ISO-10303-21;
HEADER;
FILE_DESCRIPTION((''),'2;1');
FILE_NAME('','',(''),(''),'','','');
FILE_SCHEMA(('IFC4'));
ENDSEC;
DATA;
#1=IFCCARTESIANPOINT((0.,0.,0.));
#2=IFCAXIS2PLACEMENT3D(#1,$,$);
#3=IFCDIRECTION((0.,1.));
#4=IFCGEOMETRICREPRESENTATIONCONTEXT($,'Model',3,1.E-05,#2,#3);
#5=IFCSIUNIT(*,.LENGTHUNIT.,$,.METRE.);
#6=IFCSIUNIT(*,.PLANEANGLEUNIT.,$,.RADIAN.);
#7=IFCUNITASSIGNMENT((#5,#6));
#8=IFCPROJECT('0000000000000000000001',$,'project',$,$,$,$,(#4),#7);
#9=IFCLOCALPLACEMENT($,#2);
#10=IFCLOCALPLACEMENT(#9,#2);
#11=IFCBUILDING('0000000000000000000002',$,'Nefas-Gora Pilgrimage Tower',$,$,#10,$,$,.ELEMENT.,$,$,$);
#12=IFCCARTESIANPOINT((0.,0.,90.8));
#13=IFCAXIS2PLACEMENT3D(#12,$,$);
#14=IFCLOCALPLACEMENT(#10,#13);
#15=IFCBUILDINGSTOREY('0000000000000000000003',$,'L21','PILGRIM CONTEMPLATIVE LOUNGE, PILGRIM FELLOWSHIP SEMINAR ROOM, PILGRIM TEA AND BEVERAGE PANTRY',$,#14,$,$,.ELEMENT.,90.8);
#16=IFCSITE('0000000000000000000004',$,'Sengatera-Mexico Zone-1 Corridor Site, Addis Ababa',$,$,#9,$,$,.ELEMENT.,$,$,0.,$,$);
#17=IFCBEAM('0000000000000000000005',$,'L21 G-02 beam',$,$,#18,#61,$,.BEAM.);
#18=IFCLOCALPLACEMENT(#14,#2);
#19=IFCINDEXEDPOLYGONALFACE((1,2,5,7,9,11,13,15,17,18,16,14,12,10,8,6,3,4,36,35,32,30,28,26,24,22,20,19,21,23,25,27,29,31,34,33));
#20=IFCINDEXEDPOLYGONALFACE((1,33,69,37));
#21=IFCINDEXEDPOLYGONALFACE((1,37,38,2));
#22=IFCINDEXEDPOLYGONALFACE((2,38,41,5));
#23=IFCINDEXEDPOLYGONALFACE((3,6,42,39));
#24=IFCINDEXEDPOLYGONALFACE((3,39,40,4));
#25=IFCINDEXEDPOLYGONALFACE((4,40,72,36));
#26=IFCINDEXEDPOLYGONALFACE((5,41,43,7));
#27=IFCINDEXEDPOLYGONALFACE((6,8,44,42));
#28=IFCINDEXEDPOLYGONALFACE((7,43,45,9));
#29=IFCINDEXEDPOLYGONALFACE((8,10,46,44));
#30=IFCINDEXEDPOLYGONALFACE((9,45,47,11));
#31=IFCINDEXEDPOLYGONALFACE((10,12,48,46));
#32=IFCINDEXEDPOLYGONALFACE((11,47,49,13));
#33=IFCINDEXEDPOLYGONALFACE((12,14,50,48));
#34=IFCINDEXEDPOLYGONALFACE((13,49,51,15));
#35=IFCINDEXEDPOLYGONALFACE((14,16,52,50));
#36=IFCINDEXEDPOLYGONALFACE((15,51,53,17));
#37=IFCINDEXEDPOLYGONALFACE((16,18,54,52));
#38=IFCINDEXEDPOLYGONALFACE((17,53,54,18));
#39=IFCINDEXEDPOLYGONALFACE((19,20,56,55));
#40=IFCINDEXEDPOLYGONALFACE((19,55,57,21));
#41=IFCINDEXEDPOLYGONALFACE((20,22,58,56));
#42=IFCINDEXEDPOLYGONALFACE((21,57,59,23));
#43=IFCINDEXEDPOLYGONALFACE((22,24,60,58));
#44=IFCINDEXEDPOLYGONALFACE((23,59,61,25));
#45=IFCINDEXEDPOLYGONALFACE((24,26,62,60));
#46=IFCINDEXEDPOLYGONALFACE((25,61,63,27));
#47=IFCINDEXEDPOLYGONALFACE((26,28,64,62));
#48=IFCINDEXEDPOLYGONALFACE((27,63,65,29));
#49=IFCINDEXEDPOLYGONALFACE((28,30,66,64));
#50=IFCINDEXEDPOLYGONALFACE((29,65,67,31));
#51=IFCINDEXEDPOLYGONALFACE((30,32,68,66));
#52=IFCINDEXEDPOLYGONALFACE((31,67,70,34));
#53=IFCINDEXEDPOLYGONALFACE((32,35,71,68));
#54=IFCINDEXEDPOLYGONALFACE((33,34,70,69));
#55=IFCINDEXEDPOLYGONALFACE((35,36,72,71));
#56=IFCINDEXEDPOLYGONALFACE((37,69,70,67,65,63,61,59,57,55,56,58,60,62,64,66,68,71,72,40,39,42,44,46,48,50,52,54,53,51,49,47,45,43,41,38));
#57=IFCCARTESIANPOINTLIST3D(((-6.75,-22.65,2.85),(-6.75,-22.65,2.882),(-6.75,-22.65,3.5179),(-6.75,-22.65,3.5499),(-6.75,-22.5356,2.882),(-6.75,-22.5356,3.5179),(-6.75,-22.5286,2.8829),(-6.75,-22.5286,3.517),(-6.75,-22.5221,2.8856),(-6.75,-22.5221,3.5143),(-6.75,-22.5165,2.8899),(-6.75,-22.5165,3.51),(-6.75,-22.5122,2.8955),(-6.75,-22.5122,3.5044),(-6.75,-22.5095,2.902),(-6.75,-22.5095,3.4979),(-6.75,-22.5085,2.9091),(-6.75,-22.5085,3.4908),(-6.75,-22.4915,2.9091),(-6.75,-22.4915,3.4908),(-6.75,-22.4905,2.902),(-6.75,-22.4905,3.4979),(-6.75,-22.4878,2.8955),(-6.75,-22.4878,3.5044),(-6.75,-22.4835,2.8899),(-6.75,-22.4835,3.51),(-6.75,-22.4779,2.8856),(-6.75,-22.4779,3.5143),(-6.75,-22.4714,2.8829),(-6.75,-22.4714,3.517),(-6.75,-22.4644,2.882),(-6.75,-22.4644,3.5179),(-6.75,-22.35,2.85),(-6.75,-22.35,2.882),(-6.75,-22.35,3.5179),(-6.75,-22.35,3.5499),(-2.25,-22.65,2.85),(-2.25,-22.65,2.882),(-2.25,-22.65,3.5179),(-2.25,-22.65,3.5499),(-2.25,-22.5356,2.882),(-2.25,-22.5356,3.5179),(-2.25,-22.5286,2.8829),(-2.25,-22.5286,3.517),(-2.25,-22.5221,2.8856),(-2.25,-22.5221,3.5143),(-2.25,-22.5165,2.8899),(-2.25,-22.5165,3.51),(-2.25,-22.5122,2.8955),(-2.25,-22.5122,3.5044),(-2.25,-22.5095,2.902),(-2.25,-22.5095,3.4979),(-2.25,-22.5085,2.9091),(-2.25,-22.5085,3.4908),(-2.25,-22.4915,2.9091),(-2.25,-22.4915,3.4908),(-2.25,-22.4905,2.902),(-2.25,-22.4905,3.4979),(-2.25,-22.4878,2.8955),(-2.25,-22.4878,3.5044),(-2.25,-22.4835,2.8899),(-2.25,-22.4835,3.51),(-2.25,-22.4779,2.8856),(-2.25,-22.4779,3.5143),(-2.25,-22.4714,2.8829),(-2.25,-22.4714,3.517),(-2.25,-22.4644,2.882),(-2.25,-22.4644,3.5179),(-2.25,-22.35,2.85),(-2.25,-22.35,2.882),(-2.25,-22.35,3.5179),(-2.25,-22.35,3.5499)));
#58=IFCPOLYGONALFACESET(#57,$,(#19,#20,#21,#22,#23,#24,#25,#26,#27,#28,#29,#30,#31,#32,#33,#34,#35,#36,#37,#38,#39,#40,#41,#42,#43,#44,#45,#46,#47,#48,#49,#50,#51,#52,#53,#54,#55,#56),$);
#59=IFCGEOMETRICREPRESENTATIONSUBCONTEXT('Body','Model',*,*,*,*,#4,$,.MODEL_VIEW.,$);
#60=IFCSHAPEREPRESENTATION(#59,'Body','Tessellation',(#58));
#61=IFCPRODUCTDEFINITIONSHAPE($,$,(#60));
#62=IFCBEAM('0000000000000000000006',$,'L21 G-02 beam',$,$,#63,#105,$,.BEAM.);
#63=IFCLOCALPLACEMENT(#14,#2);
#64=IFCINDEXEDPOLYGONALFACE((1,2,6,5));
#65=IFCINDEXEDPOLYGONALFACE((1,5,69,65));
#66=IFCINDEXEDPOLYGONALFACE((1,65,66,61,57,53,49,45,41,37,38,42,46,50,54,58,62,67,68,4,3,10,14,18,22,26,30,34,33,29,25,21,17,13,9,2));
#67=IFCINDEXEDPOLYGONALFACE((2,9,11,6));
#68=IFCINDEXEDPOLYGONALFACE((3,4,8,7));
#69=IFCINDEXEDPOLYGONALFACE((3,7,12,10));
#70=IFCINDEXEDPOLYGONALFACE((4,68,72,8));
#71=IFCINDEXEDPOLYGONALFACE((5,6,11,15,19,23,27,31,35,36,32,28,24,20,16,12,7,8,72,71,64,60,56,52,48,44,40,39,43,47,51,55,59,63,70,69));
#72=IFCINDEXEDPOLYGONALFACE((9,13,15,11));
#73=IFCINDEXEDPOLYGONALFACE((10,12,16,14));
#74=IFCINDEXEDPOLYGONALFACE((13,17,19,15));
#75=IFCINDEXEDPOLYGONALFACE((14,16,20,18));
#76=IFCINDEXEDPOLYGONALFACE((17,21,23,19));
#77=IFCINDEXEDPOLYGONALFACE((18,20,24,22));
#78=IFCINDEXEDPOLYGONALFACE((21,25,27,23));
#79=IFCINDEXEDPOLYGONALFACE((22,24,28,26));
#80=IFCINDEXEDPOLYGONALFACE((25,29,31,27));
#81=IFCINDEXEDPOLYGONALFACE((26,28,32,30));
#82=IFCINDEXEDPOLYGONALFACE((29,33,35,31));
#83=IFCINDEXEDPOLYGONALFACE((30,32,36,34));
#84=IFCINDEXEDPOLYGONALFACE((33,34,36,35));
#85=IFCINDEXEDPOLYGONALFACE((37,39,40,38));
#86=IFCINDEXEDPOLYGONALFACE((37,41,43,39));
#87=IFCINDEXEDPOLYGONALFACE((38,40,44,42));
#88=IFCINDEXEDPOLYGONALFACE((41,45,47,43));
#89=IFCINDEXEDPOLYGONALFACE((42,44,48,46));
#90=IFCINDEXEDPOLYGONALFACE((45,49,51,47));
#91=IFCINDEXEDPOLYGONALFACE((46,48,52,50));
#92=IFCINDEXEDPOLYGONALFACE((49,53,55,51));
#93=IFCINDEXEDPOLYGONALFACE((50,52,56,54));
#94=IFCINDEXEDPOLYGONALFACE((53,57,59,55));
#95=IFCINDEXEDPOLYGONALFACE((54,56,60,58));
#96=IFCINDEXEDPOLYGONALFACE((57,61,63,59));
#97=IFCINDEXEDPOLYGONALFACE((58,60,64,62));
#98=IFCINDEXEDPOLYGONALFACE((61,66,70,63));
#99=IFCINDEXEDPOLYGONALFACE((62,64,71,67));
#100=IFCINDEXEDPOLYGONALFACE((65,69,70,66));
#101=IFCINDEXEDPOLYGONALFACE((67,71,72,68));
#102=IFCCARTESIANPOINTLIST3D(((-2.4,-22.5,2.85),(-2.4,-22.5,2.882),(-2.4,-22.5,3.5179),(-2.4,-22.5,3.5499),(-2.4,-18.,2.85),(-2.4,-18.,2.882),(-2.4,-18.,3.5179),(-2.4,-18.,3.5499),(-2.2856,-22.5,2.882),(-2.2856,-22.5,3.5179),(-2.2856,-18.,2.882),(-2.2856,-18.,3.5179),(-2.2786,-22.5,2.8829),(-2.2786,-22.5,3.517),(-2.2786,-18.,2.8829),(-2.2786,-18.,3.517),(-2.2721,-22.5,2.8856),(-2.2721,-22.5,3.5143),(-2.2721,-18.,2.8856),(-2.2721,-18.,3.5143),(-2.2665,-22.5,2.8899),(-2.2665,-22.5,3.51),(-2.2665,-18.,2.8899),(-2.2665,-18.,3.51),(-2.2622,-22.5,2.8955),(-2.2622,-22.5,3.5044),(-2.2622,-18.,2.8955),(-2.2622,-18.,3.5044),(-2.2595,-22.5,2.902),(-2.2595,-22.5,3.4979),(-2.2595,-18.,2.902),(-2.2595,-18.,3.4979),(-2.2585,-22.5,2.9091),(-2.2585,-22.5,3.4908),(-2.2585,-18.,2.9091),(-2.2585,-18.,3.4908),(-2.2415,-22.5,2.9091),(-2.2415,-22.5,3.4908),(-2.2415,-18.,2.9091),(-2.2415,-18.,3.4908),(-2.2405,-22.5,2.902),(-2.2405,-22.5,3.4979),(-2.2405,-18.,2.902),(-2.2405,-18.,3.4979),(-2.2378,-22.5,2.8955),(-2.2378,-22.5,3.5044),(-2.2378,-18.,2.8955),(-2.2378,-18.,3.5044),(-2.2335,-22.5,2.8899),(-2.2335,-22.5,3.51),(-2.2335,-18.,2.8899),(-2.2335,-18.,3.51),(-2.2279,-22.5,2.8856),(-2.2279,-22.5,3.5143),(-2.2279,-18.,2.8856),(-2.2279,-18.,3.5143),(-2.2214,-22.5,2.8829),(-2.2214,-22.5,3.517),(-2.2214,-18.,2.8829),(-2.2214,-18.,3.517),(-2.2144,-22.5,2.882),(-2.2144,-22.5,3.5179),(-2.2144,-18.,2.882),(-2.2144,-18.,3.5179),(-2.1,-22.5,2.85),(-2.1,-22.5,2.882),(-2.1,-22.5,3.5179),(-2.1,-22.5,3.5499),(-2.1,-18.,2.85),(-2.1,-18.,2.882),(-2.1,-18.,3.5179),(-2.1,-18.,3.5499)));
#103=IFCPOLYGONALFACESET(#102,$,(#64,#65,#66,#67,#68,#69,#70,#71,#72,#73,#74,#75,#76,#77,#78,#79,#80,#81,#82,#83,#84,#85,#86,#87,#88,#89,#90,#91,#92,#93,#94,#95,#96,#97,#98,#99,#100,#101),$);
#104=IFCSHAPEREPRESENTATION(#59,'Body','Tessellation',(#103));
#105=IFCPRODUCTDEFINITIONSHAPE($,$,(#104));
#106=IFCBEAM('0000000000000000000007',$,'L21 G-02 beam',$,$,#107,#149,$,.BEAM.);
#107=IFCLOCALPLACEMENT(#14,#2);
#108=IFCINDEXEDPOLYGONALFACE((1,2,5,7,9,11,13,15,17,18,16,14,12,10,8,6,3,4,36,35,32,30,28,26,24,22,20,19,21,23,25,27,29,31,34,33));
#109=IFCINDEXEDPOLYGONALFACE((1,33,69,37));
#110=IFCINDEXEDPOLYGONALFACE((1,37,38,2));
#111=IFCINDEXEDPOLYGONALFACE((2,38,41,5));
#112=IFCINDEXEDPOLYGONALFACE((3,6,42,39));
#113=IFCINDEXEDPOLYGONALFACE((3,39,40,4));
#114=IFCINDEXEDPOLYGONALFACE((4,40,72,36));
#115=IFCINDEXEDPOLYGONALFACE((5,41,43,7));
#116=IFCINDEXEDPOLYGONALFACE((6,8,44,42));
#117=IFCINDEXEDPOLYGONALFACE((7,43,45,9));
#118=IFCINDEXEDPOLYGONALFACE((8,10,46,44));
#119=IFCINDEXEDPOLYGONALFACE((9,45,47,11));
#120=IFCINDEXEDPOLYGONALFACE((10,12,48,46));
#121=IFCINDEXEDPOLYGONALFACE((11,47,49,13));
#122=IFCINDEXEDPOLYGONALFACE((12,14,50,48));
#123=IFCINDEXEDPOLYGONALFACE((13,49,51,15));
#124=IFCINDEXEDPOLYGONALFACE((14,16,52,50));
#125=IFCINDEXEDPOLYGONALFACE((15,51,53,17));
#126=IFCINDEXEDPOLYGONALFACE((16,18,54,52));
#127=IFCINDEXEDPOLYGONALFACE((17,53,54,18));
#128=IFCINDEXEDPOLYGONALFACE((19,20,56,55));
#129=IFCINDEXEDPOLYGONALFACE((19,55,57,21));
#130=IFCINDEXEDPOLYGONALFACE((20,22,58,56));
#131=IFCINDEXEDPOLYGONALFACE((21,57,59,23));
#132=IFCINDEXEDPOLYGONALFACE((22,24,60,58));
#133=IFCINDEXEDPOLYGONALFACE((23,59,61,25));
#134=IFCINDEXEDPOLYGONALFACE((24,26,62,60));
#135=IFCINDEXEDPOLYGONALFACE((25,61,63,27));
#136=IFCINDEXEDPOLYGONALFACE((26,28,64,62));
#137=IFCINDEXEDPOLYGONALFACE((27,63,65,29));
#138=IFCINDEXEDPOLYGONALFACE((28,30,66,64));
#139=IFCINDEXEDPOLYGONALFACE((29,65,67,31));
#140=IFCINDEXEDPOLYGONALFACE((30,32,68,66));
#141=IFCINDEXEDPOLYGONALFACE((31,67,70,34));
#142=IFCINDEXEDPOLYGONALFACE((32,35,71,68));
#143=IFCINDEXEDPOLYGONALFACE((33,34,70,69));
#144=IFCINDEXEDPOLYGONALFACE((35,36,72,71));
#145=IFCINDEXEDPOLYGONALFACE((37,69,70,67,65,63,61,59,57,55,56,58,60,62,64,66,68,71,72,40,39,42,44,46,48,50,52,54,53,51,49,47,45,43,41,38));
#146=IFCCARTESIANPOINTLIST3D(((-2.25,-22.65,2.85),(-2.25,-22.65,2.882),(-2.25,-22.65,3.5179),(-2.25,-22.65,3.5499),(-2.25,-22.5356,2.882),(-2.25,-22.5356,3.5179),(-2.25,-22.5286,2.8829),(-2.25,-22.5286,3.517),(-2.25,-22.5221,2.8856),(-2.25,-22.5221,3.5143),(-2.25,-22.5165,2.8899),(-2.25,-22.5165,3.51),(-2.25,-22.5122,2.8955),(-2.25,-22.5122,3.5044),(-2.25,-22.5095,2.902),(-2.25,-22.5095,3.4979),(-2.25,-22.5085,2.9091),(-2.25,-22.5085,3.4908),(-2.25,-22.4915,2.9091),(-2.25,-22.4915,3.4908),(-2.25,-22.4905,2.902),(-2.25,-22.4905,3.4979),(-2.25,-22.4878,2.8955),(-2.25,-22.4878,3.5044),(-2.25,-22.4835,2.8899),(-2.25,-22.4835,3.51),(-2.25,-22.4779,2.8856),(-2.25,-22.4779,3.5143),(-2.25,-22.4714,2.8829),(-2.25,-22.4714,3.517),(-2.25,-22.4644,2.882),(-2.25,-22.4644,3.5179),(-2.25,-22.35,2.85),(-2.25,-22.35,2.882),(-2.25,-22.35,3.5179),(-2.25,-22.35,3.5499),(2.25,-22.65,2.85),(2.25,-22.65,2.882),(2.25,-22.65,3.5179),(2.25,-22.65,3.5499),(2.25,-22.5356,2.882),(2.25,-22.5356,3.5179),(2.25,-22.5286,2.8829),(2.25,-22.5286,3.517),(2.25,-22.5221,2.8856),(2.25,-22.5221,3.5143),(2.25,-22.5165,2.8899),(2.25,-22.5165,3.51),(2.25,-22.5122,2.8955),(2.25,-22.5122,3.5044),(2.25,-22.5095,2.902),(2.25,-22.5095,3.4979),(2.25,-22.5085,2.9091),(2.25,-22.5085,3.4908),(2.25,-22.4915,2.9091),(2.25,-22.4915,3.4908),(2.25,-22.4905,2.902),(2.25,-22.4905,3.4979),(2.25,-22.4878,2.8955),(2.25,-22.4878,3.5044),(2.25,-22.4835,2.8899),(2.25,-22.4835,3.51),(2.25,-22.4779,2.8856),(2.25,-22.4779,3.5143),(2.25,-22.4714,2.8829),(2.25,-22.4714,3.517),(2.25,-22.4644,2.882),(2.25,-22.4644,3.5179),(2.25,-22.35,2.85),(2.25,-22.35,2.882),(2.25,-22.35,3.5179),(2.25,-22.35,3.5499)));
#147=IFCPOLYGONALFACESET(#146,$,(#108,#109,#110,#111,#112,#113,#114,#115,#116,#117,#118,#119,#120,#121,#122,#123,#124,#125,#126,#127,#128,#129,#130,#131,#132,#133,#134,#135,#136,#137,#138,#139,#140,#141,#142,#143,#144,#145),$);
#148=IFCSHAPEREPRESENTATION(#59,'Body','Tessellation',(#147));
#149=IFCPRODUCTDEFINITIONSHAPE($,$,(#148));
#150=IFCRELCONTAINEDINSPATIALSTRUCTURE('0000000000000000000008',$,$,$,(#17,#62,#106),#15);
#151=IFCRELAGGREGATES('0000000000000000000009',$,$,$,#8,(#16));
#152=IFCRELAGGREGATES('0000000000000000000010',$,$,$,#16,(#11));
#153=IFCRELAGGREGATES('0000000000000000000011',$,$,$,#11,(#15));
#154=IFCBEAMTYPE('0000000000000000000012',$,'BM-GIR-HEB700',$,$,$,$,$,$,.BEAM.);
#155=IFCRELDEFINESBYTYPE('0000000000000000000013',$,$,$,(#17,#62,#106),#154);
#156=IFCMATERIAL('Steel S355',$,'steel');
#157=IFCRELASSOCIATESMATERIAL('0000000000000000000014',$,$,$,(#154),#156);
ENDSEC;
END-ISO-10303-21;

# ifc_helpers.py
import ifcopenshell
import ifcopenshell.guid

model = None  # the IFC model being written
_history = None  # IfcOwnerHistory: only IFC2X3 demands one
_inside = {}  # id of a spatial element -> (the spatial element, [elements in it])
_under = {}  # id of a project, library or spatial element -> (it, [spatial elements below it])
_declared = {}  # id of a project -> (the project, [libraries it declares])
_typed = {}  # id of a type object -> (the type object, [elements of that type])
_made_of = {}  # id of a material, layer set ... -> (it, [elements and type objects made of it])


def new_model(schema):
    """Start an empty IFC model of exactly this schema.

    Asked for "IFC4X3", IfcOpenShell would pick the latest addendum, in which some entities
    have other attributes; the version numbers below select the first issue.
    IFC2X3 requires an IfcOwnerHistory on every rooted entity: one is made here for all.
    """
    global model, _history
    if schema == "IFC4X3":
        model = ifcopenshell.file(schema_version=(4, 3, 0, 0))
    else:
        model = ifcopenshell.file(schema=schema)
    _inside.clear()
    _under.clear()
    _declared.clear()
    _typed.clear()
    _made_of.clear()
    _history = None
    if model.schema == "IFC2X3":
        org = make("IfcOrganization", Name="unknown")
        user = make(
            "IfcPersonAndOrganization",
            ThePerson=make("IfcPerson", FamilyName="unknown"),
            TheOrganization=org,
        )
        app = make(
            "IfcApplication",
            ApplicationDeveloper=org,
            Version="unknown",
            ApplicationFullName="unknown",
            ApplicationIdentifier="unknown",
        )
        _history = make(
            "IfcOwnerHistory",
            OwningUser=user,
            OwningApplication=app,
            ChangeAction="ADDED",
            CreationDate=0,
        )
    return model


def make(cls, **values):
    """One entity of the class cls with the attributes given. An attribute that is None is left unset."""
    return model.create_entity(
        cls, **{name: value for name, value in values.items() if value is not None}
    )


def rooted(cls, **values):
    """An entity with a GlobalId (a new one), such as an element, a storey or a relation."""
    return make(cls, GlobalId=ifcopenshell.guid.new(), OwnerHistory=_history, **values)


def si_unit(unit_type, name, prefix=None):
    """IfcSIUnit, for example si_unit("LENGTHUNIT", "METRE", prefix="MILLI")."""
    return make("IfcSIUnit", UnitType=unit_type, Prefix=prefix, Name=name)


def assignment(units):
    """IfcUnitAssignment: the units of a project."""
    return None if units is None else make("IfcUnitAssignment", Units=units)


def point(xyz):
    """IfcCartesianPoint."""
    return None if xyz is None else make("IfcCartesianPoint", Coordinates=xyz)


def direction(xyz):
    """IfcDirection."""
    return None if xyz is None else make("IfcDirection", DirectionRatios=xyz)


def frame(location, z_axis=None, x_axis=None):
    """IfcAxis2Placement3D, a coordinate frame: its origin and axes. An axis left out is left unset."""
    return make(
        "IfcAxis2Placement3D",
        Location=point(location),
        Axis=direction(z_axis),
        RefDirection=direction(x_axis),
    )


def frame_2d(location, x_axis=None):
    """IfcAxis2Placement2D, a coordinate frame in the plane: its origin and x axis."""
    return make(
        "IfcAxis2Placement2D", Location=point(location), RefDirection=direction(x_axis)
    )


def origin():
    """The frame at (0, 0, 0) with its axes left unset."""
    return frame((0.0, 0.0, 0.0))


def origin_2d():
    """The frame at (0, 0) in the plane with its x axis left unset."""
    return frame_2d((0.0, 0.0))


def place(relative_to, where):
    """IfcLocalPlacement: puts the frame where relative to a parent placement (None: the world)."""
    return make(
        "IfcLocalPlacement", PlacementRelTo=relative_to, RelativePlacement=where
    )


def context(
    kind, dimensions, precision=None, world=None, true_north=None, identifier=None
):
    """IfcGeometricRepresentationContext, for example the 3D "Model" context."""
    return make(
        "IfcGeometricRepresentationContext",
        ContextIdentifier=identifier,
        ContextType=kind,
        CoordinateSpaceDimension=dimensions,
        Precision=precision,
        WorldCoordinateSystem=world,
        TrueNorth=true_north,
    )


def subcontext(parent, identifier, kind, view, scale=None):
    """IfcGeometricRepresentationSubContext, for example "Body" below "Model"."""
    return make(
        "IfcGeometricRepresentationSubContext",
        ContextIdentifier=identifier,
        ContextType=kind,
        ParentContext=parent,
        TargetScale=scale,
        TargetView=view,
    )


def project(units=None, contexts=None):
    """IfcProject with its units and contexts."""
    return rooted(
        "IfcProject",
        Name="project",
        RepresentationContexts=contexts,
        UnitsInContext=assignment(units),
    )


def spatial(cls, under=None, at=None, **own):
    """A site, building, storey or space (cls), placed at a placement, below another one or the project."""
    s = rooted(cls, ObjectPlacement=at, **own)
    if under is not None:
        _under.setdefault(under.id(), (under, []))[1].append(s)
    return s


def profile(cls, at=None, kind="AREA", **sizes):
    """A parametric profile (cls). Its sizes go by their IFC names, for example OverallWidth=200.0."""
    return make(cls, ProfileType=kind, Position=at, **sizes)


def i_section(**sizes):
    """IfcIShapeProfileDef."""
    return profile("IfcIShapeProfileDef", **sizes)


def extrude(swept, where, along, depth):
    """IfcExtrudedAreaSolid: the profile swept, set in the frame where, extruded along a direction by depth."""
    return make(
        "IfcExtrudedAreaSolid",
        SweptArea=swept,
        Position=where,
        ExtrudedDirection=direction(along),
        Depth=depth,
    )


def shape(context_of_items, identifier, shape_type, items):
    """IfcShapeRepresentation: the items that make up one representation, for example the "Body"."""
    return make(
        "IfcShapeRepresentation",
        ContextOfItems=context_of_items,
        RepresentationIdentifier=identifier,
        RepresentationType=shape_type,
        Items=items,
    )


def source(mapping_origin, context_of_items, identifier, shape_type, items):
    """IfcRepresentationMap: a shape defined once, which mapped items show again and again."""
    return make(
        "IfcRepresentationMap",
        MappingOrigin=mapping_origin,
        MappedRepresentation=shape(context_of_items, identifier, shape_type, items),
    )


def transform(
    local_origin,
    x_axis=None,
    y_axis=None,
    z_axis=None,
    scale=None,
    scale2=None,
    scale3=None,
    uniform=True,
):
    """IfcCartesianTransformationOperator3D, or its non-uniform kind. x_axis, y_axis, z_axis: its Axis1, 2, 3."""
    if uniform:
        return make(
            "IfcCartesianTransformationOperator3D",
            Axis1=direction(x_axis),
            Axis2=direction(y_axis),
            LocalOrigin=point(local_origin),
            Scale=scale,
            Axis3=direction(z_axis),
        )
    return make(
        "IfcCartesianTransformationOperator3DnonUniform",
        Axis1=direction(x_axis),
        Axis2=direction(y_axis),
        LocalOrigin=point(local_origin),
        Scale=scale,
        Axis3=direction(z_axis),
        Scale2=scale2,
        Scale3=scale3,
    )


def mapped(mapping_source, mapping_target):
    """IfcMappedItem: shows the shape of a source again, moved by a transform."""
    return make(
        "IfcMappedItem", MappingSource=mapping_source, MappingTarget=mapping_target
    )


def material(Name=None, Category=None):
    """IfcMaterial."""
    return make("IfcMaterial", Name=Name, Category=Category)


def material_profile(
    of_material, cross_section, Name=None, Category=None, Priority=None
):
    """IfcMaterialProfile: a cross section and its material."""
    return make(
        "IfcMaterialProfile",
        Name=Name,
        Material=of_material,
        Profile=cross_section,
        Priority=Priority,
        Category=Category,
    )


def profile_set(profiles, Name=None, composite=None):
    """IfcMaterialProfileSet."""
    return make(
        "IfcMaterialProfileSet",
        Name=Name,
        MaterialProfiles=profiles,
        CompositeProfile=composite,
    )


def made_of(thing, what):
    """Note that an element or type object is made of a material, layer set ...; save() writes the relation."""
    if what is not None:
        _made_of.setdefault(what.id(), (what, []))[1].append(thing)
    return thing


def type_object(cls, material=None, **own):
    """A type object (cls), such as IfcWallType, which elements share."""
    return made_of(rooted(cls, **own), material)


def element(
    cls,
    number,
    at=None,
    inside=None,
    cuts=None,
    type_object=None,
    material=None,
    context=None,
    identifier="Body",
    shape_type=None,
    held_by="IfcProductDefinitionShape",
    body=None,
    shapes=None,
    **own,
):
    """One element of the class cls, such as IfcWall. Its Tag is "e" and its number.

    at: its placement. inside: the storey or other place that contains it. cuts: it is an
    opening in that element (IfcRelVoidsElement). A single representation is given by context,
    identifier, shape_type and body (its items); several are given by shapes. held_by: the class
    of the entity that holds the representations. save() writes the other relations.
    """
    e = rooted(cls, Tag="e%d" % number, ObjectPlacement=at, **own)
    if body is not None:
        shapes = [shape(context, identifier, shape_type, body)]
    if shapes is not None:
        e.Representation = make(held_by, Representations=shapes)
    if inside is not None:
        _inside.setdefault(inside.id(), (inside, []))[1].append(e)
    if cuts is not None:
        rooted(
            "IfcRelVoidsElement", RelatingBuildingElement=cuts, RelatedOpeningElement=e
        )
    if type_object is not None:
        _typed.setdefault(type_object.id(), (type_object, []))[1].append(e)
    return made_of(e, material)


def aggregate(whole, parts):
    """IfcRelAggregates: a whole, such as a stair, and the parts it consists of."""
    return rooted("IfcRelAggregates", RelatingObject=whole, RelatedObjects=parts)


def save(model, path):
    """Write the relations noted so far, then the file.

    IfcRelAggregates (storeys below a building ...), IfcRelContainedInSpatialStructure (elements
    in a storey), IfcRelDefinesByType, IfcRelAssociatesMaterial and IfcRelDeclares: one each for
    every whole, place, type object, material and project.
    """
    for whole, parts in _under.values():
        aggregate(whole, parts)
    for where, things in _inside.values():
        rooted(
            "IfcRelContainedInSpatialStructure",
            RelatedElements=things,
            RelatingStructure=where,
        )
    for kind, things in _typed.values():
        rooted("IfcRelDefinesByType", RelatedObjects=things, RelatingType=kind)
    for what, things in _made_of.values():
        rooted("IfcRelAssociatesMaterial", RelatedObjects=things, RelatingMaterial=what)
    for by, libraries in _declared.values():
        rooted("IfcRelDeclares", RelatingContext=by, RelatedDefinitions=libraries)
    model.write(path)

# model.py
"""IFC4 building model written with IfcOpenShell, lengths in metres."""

from ifc_helpers import new_model, si_unit, direction, frame, origin, origin_2d, place, context, subcontext, project, spatial, i_section, extrude, source, transform, mapped, material, material_profile, profile_set, type_object, element, save


model = new_model("IFC4")

# Units and contexts
model_context = context("Model", 3, precision=1e-05, world=origin(), true_north=direction((0.0, 1.0)))
body_context = subcontext(model_context, "Body", "Model", "MODEL_VIEW")
ifc_project = project(units=[si_unit("LENGTHUNIT", "METRE"), si_unit("PLANEANGLEUNIT", "RADIAN")], contexts=[model_context])

# Site, building, storey
site_placement = place(None, origin())
site = spatial("IfcSite", under=ifc_project, at=site_placement, Name="Sengatera-Mexico Zone-1 Corridor Site, Addis Ababa", CompositionType="ELEMENT", RefElevation=0.0)
building_placement = place(site_placement, origin())
building = spatial("IfcBuilding", under=site, at=building_placement, Name="Nefas-Gora Pilgrimage Tower", CompositionType="ELEMENT")
storey_placement = place(building_placement, frame((0.0, 0.0, 90.8)))
storey = spatial("IfcBuildingStorey", under=building, at=storey_placement, Name="L21", Description="PILGRIM CONTEMPLATIVE LOUNGE, PILGRIM FELLOWSHIP SEMINAR ROOM, PILGRIM TEA AND BEVERAGE PANTRY", CompositionType="ELEMENT", Elevation=90.8)

# Beams
ifc_material_1 = material(Name="Steel S355", Category="steel")
ifc_material_profile_1 = material_profile(ifc_material_1, i_section(OverallWidth=0.3, OverallDepth=0.7, WebThickness=0.0171, FlangeThickness=0.032, FilletRadius=0.0271, at=origin_2d()), Name="HEB 700")
ifc_profile_set_1 = profile_set([ifc_material_profile_1], Name="Steel S355")
beam_type = type_object("IfcBeamType", Name="BM-GIR-HEB700", PredefinedType="BEAM", material=ifc_profile_set_1)
shared_shape_1 = source(origin(), body_context, "Body", "SweptSolid", [
    extrude(i_section(OverallWidth=0.3, OverallDepth=0.7, WebThickness=0.0171, FlangeThickness=0.032, FilletRadius=0.0271, at=origin_2d()), origin(), (0.0, 0.0, 1.0), 4.5),
])
for number, where, z_axis, x_axis, name in (
    (1, (-6.75, -22.5, 3.2), (1.0, 0.0, 0.0), (0.0, 1.0, 0.0), "L21 G-02 beam"),
    (2, (-2.25, -22.5, 3.2), (0.0, 1.0, 0.0), (-1.0, 0.0, 0.0), "L21 G-02 beam"),
    (3, (-2.25, -22.5, 3.2), (1.0, 0.0, 0.0), (0.0, 1.0, 0.0), "L21 G-02 beam"),
):
    element("IfcBeam", number, at=place(storey_placement, frame(where, z_axis=z_axis, x_axis=x_axis)), inside=storey, type_object=beam_type, Name=name, PredefinedType="BEAM", context=body_context, shape_type="MappedRepresentation", body=[
        mapped(shared_shape_1, transform((0.0, 0.0, 0.0), x_axis=(1.0, 0.0, 0.0), y_axis=(0.0, 1.0, 0.0), z_axis=(0.0, 0.0, 1.0), scale=1.0)),
    ])

save(model, "model.ifc")
